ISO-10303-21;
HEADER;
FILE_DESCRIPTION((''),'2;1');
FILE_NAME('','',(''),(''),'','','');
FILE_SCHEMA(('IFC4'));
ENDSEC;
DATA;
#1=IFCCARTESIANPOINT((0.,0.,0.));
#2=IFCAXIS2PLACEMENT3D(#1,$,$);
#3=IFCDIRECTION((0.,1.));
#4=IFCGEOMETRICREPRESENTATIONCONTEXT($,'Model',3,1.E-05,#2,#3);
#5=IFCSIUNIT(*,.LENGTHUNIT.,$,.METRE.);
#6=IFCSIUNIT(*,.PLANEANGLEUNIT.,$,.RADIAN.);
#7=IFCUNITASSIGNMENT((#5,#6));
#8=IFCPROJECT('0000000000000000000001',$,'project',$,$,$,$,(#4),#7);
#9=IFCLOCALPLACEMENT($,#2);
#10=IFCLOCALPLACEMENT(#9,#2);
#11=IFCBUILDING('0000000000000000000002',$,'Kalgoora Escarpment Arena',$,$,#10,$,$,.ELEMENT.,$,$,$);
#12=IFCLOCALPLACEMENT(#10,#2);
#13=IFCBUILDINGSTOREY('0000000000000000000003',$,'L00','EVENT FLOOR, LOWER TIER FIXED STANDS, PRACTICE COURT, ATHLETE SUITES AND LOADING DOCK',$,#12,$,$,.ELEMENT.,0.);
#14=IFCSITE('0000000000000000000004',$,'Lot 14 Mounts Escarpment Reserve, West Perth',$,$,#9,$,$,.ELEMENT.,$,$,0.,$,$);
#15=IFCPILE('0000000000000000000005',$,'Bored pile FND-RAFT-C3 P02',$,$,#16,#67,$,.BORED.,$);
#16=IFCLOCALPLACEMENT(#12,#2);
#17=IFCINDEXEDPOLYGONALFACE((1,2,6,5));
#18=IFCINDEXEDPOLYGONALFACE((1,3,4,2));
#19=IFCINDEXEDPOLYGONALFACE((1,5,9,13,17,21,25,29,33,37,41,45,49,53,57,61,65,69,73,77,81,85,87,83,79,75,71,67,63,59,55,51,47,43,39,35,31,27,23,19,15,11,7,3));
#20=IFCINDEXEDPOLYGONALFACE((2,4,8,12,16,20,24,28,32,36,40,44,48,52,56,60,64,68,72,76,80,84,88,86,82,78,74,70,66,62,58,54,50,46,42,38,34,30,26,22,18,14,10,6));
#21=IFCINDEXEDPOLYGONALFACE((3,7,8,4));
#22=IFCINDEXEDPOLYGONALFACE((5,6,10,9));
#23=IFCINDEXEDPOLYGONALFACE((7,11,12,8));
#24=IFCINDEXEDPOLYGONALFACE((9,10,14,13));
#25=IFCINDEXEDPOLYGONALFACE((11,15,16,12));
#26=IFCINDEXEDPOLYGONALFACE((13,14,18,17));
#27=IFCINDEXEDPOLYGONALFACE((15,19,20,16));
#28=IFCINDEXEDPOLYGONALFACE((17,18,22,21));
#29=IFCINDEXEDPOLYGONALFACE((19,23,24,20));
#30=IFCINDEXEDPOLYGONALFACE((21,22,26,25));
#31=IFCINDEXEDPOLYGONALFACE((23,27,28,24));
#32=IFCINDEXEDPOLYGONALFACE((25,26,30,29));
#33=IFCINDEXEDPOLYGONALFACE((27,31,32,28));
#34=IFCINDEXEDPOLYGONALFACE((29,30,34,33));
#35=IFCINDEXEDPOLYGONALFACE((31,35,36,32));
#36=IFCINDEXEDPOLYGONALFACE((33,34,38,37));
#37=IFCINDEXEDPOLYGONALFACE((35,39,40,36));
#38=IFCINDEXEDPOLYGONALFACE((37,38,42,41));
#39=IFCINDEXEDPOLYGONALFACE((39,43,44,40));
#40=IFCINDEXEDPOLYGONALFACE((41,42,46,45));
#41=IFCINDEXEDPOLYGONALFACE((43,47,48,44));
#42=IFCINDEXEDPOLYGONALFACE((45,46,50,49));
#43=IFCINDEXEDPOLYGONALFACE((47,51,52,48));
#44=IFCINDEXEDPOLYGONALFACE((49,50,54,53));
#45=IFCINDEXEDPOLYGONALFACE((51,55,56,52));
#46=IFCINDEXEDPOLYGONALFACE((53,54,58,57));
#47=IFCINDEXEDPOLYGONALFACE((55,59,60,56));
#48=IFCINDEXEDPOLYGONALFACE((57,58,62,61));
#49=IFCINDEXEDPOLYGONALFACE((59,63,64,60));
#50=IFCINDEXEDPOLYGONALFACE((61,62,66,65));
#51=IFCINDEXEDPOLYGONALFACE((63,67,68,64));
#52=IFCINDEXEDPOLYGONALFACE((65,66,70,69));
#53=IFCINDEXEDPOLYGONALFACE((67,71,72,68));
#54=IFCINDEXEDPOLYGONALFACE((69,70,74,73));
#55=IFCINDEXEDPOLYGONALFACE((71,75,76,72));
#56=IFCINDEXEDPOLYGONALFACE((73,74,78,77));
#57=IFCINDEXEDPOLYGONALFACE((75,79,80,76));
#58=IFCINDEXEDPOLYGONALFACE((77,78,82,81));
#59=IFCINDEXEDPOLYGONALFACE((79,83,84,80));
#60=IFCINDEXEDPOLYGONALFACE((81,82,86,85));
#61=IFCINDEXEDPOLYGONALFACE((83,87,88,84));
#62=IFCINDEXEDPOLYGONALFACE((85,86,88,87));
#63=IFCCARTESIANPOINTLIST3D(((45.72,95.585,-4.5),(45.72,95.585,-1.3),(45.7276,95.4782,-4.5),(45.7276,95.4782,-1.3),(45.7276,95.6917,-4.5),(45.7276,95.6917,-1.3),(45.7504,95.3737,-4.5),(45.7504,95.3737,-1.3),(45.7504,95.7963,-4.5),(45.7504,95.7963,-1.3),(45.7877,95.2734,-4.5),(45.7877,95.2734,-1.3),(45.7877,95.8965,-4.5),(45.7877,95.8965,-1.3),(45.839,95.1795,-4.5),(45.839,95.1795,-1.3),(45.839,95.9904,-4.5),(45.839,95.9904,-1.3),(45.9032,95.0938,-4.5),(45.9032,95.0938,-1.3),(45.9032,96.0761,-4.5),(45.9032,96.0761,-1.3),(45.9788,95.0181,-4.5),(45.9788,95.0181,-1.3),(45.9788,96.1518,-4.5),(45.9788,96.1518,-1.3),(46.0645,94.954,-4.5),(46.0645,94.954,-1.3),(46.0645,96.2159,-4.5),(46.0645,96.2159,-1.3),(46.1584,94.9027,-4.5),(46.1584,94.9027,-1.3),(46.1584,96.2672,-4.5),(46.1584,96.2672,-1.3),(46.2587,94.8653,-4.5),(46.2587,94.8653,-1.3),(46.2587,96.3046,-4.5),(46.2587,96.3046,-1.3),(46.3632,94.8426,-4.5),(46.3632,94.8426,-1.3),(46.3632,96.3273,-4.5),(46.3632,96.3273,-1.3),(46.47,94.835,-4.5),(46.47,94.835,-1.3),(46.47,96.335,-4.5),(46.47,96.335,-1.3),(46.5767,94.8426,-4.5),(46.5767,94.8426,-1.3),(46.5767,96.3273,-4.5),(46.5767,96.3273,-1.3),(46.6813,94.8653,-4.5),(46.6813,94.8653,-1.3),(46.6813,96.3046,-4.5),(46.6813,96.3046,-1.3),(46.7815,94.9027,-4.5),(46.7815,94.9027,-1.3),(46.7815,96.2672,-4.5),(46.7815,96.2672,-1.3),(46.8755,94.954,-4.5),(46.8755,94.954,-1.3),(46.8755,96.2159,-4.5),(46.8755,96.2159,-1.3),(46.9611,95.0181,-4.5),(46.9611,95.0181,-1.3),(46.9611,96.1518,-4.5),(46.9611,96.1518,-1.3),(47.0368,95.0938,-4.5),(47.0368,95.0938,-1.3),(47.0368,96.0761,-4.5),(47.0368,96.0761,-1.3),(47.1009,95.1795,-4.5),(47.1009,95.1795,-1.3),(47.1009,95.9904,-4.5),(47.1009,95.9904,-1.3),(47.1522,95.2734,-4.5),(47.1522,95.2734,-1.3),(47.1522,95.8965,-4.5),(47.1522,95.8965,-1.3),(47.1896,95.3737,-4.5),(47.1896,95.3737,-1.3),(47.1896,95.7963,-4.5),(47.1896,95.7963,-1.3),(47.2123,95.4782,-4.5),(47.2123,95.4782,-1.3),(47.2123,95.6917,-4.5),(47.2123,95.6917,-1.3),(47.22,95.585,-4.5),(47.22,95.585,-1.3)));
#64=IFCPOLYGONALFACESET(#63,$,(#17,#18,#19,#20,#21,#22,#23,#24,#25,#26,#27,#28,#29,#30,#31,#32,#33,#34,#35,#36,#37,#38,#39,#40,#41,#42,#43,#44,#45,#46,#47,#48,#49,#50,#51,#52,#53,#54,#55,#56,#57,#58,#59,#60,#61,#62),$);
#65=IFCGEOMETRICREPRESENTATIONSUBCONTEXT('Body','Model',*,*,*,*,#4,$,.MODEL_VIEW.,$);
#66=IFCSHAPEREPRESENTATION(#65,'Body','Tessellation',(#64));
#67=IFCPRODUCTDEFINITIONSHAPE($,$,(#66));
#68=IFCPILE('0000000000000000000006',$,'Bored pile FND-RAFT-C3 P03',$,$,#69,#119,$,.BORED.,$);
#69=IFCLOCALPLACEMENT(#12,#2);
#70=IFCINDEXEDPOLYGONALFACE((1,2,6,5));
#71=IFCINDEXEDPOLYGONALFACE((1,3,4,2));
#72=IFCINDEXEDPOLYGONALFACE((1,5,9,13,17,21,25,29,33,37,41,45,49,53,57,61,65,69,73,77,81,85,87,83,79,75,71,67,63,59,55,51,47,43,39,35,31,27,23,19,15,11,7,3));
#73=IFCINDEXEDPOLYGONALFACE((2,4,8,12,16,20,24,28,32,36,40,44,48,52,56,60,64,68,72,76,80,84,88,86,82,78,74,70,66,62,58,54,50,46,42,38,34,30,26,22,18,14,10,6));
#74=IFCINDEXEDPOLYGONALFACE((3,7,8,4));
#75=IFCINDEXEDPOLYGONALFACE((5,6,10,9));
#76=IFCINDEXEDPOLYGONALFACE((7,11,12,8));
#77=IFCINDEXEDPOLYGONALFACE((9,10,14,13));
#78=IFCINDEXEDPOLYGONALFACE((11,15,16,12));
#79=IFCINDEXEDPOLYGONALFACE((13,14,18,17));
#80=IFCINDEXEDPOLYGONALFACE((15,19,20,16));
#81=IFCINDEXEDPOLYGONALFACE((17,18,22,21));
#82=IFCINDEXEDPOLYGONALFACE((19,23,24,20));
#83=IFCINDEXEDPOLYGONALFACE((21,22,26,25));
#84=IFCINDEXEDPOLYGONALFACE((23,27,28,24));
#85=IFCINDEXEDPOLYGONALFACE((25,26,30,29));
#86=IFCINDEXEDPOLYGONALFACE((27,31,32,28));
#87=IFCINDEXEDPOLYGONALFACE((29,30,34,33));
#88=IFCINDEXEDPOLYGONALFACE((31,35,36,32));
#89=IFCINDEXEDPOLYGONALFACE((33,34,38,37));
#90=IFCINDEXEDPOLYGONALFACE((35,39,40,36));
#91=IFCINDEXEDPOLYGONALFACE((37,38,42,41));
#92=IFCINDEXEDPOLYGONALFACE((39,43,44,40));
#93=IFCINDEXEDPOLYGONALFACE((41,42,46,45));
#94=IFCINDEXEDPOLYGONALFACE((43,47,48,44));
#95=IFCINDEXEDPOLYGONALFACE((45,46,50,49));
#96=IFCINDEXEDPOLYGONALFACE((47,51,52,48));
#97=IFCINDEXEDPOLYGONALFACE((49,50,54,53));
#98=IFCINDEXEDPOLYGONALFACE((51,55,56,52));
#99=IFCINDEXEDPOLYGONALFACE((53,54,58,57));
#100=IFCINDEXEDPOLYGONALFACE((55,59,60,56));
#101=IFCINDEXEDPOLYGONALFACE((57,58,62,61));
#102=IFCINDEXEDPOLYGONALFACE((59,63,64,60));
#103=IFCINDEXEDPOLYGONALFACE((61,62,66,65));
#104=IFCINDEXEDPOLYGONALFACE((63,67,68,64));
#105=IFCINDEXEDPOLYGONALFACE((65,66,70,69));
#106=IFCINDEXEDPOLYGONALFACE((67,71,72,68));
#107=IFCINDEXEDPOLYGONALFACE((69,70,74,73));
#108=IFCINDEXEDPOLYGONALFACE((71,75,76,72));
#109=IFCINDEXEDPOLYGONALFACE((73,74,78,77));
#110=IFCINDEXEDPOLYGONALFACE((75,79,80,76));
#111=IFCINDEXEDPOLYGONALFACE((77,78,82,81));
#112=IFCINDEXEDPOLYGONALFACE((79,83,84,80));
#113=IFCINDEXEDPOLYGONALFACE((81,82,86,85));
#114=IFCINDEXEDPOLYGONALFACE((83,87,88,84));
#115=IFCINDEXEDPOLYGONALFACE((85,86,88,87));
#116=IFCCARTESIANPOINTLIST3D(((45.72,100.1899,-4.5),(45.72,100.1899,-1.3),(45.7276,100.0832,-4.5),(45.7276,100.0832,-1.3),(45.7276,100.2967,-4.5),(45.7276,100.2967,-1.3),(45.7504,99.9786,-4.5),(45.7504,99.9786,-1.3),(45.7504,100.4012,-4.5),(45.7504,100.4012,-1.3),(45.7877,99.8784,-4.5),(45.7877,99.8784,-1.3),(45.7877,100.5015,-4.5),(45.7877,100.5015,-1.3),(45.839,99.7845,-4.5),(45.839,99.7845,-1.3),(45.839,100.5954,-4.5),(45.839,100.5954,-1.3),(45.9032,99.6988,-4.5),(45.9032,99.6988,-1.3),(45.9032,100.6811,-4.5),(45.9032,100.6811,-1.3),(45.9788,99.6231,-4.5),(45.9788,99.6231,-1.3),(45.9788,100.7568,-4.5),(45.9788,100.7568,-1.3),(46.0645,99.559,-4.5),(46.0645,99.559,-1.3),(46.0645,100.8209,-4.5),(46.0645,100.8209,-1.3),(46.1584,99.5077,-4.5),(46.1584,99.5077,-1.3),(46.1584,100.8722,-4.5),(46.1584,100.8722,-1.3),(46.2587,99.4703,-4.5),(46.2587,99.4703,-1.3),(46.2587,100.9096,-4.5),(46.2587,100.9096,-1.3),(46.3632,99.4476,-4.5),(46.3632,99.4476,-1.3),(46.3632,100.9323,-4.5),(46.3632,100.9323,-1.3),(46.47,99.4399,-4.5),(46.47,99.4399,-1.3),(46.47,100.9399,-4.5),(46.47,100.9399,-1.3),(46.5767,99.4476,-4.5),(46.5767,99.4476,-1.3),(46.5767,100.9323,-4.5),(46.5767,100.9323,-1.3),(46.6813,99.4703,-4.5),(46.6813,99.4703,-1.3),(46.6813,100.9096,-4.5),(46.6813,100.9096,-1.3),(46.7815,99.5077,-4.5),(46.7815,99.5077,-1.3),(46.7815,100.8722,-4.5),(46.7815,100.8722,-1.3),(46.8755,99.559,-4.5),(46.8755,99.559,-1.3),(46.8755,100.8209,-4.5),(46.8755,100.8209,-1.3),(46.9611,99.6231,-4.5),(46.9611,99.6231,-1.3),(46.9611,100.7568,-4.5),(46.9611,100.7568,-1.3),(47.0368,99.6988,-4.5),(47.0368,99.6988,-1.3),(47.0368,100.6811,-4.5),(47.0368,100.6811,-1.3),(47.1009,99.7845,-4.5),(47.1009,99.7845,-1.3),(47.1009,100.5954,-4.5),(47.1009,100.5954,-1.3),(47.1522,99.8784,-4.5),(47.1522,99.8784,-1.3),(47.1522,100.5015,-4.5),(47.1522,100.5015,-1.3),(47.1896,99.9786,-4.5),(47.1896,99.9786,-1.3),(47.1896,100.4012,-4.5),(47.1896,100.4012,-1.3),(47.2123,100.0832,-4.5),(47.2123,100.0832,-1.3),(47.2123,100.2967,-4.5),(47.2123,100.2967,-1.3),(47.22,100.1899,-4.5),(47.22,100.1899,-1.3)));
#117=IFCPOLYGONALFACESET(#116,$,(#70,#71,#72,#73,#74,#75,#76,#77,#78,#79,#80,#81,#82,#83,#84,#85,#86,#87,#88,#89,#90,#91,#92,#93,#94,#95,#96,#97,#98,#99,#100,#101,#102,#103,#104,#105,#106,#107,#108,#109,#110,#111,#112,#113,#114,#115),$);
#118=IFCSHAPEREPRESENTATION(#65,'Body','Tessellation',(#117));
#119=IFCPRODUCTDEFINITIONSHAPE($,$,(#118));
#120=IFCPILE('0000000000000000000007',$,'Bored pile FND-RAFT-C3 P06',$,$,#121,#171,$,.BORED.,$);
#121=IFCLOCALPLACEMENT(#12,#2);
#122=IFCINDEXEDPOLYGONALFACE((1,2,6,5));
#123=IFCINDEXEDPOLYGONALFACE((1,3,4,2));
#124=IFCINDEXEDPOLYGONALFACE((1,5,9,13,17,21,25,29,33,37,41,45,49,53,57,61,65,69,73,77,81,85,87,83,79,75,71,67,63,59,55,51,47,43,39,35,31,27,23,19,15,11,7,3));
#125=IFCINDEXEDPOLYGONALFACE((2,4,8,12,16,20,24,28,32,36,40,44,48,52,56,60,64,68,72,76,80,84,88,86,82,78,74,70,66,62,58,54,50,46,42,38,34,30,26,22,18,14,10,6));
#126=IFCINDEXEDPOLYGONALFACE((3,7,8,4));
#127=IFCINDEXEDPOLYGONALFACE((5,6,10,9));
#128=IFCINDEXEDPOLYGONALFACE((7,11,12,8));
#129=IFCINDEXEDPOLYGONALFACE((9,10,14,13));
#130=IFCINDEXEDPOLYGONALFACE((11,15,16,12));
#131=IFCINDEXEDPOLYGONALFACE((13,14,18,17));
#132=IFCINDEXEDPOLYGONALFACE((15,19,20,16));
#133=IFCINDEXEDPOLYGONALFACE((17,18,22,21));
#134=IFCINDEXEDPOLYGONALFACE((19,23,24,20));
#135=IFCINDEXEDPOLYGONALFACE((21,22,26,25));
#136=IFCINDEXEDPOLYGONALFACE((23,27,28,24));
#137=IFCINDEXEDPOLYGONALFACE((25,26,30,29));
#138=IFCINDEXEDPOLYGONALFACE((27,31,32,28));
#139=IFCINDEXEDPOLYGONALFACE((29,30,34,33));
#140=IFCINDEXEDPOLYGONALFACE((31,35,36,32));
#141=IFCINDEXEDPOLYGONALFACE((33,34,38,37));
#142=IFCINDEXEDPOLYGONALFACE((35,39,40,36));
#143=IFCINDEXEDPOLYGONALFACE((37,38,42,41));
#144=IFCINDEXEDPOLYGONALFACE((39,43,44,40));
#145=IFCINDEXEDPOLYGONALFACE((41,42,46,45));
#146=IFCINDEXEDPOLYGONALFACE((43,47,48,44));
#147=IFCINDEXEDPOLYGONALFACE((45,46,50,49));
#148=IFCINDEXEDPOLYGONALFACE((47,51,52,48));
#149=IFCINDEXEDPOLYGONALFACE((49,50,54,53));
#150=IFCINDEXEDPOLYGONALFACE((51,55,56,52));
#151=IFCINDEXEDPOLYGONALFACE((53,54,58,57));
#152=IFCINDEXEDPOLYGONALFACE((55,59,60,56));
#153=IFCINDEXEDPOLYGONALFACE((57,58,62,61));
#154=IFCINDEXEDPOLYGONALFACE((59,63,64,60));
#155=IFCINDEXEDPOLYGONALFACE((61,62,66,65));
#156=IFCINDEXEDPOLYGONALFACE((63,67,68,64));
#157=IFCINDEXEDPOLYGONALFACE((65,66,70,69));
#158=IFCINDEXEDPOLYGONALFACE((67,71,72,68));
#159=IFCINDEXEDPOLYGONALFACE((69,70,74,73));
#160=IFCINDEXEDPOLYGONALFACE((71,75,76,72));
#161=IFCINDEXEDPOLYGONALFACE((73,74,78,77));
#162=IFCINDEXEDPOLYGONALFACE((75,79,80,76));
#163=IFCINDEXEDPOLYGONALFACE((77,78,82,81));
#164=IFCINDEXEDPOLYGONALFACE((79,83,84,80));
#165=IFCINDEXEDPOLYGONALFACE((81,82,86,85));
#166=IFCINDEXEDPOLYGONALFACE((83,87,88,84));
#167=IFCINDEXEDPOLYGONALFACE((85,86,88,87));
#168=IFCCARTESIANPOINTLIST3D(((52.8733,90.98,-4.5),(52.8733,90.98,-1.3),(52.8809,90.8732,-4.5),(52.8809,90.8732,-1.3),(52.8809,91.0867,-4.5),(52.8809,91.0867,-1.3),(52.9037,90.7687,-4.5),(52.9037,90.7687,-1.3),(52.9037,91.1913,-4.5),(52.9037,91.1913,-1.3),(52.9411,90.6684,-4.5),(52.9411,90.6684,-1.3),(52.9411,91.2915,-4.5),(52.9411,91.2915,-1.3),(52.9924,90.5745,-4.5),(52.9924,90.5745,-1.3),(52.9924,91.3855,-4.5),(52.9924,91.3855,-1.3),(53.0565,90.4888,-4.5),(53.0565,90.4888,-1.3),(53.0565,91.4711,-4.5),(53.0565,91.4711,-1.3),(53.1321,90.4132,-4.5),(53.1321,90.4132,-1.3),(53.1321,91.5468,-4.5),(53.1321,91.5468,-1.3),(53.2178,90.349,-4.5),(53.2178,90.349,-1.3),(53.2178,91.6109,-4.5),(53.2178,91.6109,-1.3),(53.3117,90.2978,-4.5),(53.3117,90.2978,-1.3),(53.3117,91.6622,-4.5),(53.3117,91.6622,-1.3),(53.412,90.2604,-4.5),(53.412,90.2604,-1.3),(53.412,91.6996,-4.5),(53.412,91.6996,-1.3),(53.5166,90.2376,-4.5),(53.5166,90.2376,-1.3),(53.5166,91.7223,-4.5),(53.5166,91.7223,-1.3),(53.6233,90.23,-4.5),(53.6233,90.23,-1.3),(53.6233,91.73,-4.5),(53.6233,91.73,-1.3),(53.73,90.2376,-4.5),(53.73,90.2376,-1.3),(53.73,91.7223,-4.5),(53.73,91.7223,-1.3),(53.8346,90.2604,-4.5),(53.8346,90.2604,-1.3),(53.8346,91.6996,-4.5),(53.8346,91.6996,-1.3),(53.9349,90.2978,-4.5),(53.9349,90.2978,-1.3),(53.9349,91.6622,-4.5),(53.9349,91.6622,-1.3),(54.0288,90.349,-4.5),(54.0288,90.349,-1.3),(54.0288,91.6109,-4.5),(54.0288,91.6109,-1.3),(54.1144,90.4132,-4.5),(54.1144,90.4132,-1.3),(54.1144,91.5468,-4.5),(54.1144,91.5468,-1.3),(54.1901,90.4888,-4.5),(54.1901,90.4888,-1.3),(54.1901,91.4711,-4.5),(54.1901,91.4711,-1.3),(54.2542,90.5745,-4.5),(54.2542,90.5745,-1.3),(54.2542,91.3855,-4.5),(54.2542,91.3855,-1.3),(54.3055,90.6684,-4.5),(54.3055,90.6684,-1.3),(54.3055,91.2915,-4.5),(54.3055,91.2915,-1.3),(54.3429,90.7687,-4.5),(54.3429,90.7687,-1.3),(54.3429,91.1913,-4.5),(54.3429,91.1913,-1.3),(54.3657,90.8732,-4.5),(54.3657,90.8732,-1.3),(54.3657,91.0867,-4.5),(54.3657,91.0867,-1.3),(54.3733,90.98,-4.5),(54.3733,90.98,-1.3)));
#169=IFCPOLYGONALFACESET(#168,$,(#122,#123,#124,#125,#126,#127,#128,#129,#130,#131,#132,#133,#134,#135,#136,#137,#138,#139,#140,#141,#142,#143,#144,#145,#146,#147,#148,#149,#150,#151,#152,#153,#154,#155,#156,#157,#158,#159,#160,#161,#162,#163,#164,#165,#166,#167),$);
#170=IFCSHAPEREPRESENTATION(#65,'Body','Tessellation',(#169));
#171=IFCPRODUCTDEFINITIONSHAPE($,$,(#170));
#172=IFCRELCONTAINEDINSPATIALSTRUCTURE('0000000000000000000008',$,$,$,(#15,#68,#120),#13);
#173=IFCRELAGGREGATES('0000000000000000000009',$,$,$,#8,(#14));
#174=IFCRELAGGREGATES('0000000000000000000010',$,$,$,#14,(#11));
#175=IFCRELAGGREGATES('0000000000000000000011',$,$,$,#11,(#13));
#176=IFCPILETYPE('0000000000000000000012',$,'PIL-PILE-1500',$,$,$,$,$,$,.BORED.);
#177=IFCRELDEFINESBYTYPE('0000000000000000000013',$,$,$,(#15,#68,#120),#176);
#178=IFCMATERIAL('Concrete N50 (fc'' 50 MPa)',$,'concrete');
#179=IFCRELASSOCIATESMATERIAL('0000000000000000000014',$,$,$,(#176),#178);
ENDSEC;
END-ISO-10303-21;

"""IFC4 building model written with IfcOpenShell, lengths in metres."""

from ifc_helpers import new_model, si_unit, direction, frame, origin, origin_2d, place, context, subcontext, project, spatial, circle, extrude, material, material_profile, profile_set, type_object, element, save


model = new_model("IFC4")

# Units and contexts
model_context = context("Model", 3, precision=1e-05, world=origin(), true_north=direction((0.0, 1.0)))
body_context = subcontext(model_context, "Body", "Model", "MODEL_VIEW")
ifc_project = project(units=[si_unit("LENGTHUNIT", "METRE"), si_unit("PLANEANGLEUNIT", "RADIAN")], contexts=[model_context])

# Site, building, storey
site_placement = place(None, origin())
site = spatial("IfcSite", under=ifc_project, at=site_placement, Name="Lot 14 Mounts Escarpment Reserve, West Perth", CompositionType="ELEMENT", RefElevation=0.0)
building_placement = place(site_placement, origin())
building = spatial("IfcBuilding", under=site, at=building_placement, Name="Kalgoora Escarpment Arena", CompositionType="ELEMENT")
storey_placement = place(building_placement, origin())
storey = spatial("IfcBuildingStorey", under=building, at=storey_placement, Name="L00", Description="EVENT FLOOR, LOWER TIER FIXED STANDS, PRACTICE COURT, ATHLETE SUITES AND LOADING DOCK", CompositionType="ELEMENT", Elevation=0.0)

# Piles
ifc_material_1 = material(Name="Concrete N50 (fc' 50 MPa)", Category="concrete")
ifc_material_profile_1 = material_profile(ifc_material_1, circle(Radius=0.75, at=origin_2d()))
ifc_profile_set_1 = profile_set([ifc_material_profile_1], Name="Concrete N50 (fc' 50 MPa)")
pile_type_1 = type_object("IfcPileType", Name="PIL-PILE-1500", PredefinedType="BORED", material=ifc_profile_set_1)
for number, where, z_axis, x_axis, name in (
    (1, (46.47, 95.585, -1.3), (0.0, 0.0, -1.0), (1.0, 0.0, 0.0), "Bored pile FND-RAFT-C3 P02"),
    (2, (46.47, 100.1899, -1.3), (0.0, 0.0, -1.0), (1.0, 0.0, 0.0), "Bored pile FND-RAFT-C3 P03"),
    (3, (53.6233, 90.98, -1.3), (0.0, 0.0, -1.0), (1.0, 0.0, 0.0), "Bored pile FND-RAFT-C3 P06"),
):
    element("IfcPile", number, at=place(storey_placement, frame(where, z_axis=z_axis, x_axis=x_axis)), inside=storey, type_object=pile_type_1, Name=name, PredefinedType="BORED", context=body_context, shape_type="SweptSolid", body=[
        extrude(circle(Radius=0.75, at=origin_2d()), origin(), (0.0, 0.0, 1.0), 3.2),
    ])

save(model, "model.ifc")
